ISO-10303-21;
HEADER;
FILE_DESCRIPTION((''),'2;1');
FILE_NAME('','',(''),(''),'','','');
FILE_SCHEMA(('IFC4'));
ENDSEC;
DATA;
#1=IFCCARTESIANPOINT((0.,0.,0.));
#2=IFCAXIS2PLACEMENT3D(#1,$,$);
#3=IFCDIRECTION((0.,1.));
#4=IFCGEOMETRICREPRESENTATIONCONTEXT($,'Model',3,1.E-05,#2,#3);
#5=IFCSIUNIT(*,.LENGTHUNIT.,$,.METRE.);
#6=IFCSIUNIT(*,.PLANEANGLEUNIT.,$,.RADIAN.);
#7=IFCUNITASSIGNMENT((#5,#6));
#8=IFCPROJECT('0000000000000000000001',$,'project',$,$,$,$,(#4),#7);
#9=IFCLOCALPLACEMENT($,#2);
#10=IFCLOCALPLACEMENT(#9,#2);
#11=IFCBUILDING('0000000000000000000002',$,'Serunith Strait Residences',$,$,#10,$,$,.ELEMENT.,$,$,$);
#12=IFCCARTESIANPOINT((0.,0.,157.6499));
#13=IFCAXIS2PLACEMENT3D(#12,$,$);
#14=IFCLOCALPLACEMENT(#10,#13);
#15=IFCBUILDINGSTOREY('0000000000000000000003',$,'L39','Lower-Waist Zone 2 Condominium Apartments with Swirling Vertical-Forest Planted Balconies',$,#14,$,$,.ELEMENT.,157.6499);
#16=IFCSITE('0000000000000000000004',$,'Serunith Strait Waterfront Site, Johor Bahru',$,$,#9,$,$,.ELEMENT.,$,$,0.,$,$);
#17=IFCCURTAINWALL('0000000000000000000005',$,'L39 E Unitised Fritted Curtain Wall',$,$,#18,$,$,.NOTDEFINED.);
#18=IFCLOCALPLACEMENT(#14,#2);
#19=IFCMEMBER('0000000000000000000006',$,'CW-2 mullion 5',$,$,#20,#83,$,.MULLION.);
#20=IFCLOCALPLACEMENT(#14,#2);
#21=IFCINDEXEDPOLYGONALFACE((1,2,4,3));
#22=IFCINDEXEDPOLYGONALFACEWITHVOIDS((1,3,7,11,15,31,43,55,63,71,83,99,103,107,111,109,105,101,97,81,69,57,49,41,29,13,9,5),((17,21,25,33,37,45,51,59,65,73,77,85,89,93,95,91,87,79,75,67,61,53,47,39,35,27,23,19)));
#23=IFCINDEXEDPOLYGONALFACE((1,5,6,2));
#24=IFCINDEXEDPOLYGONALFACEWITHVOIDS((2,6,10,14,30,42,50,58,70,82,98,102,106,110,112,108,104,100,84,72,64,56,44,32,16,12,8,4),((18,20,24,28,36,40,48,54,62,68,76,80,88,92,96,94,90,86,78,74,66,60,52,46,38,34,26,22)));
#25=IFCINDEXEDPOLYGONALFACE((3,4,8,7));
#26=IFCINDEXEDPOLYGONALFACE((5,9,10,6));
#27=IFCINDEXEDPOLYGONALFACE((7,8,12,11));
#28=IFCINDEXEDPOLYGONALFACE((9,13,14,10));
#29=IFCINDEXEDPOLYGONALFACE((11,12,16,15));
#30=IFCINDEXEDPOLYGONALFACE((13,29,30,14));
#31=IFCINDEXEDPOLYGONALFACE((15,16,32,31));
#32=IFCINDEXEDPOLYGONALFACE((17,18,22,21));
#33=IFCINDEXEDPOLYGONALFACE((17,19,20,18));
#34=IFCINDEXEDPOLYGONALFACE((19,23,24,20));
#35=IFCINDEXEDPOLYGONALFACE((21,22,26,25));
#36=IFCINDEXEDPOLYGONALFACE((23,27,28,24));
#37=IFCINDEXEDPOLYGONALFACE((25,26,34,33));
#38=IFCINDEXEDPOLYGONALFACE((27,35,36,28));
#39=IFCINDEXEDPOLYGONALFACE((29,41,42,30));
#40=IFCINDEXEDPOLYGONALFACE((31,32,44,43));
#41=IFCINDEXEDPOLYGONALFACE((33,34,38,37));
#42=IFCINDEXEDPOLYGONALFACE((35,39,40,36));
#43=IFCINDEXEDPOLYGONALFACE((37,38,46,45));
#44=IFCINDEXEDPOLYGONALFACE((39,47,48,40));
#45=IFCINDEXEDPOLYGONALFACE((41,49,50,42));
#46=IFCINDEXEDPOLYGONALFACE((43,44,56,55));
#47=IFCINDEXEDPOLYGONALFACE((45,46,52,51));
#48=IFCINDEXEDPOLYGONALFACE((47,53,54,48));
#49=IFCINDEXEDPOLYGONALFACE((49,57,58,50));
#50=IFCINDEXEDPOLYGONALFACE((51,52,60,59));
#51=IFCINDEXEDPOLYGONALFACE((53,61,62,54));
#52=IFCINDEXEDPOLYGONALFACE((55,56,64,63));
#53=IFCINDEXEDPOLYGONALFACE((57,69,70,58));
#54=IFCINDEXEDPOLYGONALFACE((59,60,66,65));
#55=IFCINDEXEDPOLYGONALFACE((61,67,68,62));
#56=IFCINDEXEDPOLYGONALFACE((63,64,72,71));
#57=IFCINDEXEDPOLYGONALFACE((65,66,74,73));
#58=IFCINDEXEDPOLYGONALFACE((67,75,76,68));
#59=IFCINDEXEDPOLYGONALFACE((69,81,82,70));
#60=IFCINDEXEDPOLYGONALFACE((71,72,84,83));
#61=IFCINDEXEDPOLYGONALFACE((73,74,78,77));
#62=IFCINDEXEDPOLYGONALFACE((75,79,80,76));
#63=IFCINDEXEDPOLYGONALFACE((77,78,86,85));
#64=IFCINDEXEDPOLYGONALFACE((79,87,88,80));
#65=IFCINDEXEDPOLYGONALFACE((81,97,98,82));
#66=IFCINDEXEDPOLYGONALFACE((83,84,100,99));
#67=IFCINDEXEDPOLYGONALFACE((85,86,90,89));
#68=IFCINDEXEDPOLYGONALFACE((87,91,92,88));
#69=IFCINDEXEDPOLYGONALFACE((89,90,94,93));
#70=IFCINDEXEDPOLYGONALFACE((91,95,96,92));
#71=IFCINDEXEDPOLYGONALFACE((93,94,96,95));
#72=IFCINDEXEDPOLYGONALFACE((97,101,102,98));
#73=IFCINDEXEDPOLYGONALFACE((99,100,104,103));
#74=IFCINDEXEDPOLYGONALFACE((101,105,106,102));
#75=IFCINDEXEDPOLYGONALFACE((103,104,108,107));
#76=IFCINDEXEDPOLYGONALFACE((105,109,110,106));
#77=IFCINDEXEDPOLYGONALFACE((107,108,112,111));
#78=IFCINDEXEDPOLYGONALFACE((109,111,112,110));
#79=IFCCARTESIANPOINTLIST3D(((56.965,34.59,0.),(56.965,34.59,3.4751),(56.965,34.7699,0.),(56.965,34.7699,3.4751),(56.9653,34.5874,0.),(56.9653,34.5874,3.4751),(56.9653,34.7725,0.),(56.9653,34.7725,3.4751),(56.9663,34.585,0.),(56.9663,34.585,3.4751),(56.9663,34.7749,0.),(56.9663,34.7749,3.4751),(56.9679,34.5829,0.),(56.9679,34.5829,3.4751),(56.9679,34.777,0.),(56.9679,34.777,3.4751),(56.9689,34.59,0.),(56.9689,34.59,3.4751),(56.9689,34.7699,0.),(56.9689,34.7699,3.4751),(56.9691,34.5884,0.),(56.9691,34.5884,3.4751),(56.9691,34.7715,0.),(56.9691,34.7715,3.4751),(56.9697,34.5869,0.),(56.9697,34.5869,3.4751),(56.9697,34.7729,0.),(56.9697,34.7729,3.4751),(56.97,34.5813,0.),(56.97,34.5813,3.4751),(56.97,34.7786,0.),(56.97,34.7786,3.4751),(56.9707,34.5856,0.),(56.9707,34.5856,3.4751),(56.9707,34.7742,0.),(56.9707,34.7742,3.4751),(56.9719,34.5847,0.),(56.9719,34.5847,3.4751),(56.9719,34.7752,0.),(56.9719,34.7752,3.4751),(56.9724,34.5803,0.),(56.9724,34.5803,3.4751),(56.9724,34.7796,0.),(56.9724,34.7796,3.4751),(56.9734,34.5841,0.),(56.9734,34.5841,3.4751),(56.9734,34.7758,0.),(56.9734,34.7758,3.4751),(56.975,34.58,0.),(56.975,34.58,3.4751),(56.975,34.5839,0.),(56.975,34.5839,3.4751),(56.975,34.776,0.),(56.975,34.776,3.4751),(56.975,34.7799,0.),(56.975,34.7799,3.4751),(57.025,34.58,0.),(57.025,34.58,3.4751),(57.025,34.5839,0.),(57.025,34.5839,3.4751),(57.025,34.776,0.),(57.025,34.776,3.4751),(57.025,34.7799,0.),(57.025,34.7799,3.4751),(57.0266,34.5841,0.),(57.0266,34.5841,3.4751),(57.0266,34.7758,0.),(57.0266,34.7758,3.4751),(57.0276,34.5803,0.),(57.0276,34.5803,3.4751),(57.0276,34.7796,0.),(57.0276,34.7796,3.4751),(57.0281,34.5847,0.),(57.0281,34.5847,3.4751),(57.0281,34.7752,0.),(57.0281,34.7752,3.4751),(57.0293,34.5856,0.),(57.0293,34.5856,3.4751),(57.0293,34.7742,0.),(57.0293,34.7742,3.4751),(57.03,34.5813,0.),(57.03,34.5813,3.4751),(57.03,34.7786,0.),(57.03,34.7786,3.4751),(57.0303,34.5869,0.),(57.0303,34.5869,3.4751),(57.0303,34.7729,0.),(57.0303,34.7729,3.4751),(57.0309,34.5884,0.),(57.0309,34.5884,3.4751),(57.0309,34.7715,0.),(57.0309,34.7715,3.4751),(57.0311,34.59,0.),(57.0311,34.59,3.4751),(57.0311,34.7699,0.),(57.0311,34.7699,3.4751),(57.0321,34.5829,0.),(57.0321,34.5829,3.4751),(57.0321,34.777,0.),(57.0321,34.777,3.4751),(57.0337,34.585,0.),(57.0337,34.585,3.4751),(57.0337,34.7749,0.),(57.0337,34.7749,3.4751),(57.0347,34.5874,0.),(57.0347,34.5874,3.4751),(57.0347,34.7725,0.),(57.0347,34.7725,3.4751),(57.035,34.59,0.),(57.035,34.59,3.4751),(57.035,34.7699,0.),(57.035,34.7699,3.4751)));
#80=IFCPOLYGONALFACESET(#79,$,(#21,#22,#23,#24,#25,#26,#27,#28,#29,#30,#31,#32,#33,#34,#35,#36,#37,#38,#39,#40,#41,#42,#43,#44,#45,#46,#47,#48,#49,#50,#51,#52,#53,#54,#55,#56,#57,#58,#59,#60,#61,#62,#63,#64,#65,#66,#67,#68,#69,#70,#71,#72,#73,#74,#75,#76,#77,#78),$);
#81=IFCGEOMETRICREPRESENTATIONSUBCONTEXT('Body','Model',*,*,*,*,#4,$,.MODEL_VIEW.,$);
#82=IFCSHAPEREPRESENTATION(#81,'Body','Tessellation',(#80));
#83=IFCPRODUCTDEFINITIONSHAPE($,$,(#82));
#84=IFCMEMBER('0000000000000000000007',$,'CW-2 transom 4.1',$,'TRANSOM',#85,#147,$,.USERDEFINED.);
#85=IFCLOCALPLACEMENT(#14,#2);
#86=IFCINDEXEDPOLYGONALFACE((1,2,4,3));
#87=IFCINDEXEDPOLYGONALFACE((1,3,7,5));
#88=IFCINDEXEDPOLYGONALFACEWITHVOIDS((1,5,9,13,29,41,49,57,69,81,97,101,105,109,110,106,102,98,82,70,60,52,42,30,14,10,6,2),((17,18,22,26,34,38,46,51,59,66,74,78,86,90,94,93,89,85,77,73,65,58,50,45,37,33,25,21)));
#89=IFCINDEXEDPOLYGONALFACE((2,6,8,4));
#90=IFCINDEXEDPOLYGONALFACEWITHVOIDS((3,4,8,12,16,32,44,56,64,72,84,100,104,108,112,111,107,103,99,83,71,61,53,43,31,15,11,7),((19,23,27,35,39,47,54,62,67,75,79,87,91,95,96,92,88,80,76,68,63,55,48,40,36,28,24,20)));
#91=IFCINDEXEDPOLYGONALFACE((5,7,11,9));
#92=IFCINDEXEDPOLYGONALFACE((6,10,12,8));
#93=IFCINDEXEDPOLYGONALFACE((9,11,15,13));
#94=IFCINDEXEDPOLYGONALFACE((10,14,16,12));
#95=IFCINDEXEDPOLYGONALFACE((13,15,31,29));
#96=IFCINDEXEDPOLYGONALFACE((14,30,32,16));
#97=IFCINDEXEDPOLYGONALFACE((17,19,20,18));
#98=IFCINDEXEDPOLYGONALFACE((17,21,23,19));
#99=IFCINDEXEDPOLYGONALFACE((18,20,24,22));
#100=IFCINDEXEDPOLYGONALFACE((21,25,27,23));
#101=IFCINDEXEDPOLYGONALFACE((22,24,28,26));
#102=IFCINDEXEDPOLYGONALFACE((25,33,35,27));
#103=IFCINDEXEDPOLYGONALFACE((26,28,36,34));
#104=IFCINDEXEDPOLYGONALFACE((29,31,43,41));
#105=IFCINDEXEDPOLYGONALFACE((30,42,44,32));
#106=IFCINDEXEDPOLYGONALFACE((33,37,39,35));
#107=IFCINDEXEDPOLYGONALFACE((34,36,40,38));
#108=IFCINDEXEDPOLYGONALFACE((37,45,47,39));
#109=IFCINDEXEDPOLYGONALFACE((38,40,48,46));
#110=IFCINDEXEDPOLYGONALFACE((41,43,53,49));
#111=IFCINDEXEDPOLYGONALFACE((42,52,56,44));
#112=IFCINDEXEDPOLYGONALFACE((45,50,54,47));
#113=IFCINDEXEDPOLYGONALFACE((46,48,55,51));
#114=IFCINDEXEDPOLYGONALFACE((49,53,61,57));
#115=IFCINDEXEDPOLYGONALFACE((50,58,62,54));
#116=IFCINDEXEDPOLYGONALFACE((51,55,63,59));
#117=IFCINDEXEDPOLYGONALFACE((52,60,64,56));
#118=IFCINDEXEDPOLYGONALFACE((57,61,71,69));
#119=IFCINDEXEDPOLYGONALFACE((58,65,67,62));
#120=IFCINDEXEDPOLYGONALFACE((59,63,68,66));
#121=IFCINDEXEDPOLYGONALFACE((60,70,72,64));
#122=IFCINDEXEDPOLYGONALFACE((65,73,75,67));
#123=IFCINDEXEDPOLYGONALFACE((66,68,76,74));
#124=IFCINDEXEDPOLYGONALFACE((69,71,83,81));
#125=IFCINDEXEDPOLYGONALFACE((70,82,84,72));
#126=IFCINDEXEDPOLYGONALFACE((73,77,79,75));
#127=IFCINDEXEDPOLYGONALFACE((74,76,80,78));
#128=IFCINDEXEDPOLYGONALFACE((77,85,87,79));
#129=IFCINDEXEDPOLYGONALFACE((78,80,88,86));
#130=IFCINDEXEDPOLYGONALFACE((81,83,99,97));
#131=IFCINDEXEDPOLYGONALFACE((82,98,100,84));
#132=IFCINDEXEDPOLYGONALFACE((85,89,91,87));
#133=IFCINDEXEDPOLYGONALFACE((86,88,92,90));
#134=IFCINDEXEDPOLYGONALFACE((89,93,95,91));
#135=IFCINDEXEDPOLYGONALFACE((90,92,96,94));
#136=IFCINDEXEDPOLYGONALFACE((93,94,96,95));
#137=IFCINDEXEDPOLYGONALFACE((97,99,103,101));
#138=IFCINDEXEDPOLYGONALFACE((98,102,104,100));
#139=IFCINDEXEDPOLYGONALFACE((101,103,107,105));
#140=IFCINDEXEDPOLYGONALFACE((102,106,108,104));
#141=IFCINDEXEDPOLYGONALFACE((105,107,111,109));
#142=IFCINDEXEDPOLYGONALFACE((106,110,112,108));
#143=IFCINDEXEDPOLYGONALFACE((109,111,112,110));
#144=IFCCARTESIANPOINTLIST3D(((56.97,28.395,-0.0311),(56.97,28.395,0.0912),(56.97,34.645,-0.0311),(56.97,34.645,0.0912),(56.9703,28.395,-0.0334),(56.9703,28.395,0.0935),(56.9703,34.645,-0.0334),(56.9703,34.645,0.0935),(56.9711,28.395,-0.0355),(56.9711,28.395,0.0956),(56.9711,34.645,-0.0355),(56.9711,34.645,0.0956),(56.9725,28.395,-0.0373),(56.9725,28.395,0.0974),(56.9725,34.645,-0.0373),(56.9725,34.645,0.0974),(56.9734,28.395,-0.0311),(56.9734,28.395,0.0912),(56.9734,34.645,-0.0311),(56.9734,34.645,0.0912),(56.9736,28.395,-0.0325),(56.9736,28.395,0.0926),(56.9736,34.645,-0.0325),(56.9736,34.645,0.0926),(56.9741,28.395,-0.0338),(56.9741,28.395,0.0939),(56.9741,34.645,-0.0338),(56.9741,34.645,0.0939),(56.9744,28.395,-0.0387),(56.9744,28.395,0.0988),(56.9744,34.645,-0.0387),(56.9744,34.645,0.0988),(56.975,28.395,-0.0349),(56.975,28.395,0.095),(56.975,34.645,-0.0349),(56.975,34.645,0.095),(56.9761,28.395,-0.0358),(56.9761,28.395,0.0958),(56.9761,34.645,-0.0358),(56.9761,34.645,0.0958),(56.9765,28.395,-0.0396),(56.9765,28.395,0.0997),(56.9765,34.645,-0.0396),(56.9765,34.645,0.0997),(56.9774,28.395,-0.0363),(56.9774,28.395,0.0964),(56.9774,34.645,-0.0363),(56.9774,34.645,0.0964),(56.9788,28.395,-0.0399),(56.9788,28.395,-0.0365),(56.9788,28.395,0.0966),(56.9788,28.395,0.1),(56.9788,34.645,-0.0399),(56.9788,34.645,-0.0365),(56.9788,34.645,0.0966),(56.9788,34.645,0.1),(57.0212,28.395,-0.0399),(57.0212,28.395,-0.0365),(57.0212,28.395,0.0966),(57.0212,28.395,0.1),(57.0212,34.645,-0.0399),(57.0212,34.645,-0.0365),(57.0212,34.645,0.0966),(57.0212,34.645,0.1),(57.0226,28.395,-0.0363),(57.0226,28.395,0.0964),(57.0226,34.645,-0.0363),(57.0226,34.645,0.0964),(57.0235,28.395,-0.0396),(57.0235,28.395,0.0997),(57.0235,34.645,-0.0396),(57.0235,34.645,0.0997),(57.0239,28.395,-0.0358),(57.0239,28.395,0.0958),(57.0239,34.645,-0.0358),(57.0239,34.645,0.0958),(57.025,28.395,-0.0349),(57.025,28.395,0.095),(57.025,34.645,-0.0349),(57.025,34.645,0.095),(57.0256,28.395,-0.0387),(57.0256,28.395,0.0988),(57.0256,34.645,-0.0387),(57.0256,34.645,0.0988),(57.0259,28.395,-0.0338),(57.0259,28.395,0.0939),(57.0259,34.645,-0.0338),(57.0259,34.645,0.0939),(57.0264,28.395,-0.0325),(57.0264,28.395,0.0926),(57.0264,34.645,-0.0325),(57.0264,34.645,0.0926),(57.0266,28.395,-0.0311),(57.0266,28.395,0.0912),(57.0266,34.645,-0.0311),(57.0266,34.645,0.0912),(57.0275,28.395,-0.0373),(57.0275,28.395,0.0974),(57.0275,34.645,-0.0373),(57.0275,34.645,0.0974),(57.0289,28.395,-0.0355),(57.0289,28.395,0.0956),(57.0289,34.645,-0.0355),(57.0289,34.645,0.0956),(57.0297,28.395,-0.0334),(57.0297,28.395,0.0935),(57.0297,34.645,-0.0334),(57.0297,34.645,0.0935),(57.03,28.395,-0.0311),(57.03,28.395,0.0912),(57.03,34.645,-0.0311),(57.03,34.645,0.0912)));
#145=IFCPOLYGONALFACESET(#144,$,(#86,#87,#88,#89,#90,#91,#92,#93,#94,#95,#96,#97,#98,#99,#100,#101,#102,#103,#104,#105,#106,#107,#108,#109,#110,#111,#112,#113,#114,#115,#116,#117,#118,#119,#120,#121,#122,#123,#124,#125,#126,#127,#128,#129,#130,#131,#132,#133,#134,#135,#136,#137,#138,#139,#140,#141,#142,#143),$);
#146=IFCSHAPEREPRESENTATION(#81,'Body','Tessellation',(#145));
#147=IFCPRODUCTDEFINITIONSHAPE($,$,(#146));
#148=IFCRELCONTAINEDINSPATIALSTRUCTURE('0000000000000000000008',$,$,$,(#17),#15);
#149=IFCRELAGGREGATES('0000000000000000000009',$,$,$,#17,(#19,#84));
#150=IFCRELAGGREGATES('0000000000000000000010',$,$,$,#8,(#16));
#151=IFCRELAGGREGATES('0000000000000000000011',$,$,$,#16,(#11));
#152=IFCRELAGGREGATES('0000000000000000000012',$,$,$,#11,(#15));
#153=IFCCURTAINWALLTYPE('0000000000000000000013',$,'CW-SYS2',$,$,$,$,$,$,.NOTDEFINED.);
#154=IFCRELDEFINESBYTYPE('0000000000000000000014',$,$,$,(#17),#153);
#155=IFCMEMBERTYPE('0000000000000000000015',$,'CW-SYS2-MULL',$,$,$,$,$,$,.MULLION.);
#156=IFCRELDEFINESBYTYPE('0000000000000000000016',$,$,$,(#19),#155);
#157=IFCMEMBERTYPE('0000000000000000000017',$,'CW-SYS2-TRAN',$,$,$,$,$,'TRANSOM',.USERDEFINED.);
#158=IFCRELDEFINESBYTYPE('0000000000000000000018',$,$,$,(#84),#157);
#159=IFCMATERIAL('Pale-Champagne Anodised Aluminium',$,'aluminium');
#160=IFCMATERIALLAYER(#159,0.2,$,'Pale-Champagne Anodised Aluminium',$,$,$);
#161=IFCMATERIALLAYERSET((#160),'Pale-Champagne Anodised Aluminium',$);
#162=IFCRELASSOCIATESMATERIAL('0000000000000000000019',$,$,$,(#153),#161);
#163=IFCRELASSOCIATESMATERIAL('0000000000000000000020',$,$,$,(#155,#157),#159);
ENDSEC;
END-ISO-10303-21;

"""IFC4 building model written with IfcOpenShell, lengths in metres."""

from ifc_helpers import new_model, si_unit, direction, frame, origin, origin_2d, place, context, subcontext, project, spatial, hollow_rectangle, extrude, source, transform, mapped, material, layer, layer_set, material_profile, profile_set, type_object, element, aggregate, save


model = new_model("IFC4")

# Units and contexts
model_context = context("Model", 3, precision=1e-05, world=origin(), true_north=direction((0.0, 1.0)))
body_context = subcontext(model_context, "Body", "Model", "MODEL_VIEW")
ifc_project = project(units=[si_unit("LENGTHUNIT", "METRE"), si_unit("PLANEANGLEUNIT", "RADIAN")], contexts=[model_context])

# Site, building, storey
site_placement = place(None, origin())
site = spatial("IfcSite", under=ifc_project, at=site_placement, Name="Serunith Strait Waterfront Site, Johor Bahru", CompositionType="ELEMENT", RefElevation=0.0)
building_placement = place(site_placement, origin())
building = spatial("IfcBuilding", under=site, at=building_placement, Name="Serunith Strait Residences", CompositionType="ELEMENT")
storey_placement = place(building_placement, frame((0.0, 0.0, 157.6499)))
storey = spatial("IfcBuildingStorey", under=building, at=storey_placement, Name="L39", Description="Lower-Waist Zone 2 Condominium Apartments with Swirling Vertical-Forest Planted Balconies", CompositionType="ELEMENT", Elevation=157.6499)

# Curtain wall, members
ifc_material_1 = material(Name="Pale-Champagne Anodised Aluminium", Category="aluminium")
ifc_layer_1 = layer(ifc_material_1, 0.2, Name="Pale-Champagne Anodised Aluminium")
ifc_layer_set_1 = layer_set([ifc_layer_1], Name="Pale-Champagne Anodised Aluminium")
curtain_wall_type = type_object("IfcCurtainWallType", Name="CW-SYS2", PredefinedType="NOTDEFINED", material=ifc_layer_set_1)
curtain_wall_placement = place(storey_placement, origin())
curtain_wall = element("IfcCurtainWall", 1, at=curtain_wall_placement, inside=storey, type_object=curtain_wall_type, Name="L39 E Unitised Fritted Curtain Wall", PredefinedType="NOTDEFINED")
ifc_material_profile_1 = material_profile(ifc_material_1, hollow_rectangle(XDim=0.0701, YDim=0.2, WallThickness=0.0039, InnerFilletRadius=0.0061, OuterFilletRadius=0.01, at=origin_2d()), Name="ALU 200x70x4")
ifc_profile_set_1 = profile_set([ifc_material_profile_1], Name="Pale-Champagne Anodised Aluminium")
member_type_1 = type_object("IfcMemberType", Name="CW-SYS2-MULL", PredefinedType="MULLION", material=ifc_profile_set_1)
shared_shape_1 = source(origin(), body_context, "Body", "SweptSolid", [
    extrude(hollow_rectangle(XDim=0.0701, YDim=0.2, WallThickness=0.0039, InnerFilletRadius=0.0061, OuterFilletRadius=0.01, at=origin_2d()), origin(), (0.0, 0.0, 1.0), 3.4751),
])
member_1_placement = place(storey_placement, frame((57.0, 34.6799, 0.0), z_axis=(0.0, 0.0, 1.0), x_axis=(-1.0, 0.0, 0.0)))
member_1 = element("IfcMember", 2, at=member_1_placement, type_object=member_type_1, Name="CW-2 mullion 5", PredefinedType="MULLION", context=body_context, shape_type="MappedRepresentation", body=[
    mapped(shared_shape_1, transform((0.0, 0.0, 0.0), scale=1.0)),
])
ifc_material_profile_2 = material_profile(ifc_material_1, hollow_rectangle(XDim=0.0601, YDim=0.1399, WallThickness=0.0034, InnerFilletRadius=0.0054, OuterFilletRadius=0.0088, at=origin_2d()), Name="ALU 140x60x3.5")
ifc_profile_set_2 = profile_set([ifc_material_profile_2], Name="Pale-Champagne Anodised Aluminium")
member_type_2 = type_object("IfcMemberType", Name="CW-SYS2-TRAN", ElementType="TRANSOM", PredefinedType="USERDEFINED", material=ifc_profile_set_2)
shared_shape_2 = source(origin(), body_context, "Body", "SweptSolid", [
    extrude(hollow_rectangle(XDim=0.0601, YDim=0.1399, WallThickness=0.0034, InnerFilletRadius=0.0054, OuterFilletRadius=0.0088, at=origin_2d()), origin(), (0.0, 0.0, 1.0), 6.25),
])
member_2_placement = place(storey_placement, frame((57.0, 28.395, 0.03), z_axis=(0.0, 1.0, 0.0), x_axis=(-1.0, 0.0, 0.0)))
member_2 = element("IfcMember", 3, at=member_2_placement, type_object=member_type_2, Name="CW-2 transom 4.1", ObjectType="TRANSOM", PredefinedType="USERDEFINED", context=body_context, shape_type="MappedRepresentation", body=[
    mapped(shared_shape_2, transform((0.0, 0.0, 0.0), scale=1.0)),
])
aggregate(curtain_wall, [member_1, member_2])

save(model, "model.ifc")
